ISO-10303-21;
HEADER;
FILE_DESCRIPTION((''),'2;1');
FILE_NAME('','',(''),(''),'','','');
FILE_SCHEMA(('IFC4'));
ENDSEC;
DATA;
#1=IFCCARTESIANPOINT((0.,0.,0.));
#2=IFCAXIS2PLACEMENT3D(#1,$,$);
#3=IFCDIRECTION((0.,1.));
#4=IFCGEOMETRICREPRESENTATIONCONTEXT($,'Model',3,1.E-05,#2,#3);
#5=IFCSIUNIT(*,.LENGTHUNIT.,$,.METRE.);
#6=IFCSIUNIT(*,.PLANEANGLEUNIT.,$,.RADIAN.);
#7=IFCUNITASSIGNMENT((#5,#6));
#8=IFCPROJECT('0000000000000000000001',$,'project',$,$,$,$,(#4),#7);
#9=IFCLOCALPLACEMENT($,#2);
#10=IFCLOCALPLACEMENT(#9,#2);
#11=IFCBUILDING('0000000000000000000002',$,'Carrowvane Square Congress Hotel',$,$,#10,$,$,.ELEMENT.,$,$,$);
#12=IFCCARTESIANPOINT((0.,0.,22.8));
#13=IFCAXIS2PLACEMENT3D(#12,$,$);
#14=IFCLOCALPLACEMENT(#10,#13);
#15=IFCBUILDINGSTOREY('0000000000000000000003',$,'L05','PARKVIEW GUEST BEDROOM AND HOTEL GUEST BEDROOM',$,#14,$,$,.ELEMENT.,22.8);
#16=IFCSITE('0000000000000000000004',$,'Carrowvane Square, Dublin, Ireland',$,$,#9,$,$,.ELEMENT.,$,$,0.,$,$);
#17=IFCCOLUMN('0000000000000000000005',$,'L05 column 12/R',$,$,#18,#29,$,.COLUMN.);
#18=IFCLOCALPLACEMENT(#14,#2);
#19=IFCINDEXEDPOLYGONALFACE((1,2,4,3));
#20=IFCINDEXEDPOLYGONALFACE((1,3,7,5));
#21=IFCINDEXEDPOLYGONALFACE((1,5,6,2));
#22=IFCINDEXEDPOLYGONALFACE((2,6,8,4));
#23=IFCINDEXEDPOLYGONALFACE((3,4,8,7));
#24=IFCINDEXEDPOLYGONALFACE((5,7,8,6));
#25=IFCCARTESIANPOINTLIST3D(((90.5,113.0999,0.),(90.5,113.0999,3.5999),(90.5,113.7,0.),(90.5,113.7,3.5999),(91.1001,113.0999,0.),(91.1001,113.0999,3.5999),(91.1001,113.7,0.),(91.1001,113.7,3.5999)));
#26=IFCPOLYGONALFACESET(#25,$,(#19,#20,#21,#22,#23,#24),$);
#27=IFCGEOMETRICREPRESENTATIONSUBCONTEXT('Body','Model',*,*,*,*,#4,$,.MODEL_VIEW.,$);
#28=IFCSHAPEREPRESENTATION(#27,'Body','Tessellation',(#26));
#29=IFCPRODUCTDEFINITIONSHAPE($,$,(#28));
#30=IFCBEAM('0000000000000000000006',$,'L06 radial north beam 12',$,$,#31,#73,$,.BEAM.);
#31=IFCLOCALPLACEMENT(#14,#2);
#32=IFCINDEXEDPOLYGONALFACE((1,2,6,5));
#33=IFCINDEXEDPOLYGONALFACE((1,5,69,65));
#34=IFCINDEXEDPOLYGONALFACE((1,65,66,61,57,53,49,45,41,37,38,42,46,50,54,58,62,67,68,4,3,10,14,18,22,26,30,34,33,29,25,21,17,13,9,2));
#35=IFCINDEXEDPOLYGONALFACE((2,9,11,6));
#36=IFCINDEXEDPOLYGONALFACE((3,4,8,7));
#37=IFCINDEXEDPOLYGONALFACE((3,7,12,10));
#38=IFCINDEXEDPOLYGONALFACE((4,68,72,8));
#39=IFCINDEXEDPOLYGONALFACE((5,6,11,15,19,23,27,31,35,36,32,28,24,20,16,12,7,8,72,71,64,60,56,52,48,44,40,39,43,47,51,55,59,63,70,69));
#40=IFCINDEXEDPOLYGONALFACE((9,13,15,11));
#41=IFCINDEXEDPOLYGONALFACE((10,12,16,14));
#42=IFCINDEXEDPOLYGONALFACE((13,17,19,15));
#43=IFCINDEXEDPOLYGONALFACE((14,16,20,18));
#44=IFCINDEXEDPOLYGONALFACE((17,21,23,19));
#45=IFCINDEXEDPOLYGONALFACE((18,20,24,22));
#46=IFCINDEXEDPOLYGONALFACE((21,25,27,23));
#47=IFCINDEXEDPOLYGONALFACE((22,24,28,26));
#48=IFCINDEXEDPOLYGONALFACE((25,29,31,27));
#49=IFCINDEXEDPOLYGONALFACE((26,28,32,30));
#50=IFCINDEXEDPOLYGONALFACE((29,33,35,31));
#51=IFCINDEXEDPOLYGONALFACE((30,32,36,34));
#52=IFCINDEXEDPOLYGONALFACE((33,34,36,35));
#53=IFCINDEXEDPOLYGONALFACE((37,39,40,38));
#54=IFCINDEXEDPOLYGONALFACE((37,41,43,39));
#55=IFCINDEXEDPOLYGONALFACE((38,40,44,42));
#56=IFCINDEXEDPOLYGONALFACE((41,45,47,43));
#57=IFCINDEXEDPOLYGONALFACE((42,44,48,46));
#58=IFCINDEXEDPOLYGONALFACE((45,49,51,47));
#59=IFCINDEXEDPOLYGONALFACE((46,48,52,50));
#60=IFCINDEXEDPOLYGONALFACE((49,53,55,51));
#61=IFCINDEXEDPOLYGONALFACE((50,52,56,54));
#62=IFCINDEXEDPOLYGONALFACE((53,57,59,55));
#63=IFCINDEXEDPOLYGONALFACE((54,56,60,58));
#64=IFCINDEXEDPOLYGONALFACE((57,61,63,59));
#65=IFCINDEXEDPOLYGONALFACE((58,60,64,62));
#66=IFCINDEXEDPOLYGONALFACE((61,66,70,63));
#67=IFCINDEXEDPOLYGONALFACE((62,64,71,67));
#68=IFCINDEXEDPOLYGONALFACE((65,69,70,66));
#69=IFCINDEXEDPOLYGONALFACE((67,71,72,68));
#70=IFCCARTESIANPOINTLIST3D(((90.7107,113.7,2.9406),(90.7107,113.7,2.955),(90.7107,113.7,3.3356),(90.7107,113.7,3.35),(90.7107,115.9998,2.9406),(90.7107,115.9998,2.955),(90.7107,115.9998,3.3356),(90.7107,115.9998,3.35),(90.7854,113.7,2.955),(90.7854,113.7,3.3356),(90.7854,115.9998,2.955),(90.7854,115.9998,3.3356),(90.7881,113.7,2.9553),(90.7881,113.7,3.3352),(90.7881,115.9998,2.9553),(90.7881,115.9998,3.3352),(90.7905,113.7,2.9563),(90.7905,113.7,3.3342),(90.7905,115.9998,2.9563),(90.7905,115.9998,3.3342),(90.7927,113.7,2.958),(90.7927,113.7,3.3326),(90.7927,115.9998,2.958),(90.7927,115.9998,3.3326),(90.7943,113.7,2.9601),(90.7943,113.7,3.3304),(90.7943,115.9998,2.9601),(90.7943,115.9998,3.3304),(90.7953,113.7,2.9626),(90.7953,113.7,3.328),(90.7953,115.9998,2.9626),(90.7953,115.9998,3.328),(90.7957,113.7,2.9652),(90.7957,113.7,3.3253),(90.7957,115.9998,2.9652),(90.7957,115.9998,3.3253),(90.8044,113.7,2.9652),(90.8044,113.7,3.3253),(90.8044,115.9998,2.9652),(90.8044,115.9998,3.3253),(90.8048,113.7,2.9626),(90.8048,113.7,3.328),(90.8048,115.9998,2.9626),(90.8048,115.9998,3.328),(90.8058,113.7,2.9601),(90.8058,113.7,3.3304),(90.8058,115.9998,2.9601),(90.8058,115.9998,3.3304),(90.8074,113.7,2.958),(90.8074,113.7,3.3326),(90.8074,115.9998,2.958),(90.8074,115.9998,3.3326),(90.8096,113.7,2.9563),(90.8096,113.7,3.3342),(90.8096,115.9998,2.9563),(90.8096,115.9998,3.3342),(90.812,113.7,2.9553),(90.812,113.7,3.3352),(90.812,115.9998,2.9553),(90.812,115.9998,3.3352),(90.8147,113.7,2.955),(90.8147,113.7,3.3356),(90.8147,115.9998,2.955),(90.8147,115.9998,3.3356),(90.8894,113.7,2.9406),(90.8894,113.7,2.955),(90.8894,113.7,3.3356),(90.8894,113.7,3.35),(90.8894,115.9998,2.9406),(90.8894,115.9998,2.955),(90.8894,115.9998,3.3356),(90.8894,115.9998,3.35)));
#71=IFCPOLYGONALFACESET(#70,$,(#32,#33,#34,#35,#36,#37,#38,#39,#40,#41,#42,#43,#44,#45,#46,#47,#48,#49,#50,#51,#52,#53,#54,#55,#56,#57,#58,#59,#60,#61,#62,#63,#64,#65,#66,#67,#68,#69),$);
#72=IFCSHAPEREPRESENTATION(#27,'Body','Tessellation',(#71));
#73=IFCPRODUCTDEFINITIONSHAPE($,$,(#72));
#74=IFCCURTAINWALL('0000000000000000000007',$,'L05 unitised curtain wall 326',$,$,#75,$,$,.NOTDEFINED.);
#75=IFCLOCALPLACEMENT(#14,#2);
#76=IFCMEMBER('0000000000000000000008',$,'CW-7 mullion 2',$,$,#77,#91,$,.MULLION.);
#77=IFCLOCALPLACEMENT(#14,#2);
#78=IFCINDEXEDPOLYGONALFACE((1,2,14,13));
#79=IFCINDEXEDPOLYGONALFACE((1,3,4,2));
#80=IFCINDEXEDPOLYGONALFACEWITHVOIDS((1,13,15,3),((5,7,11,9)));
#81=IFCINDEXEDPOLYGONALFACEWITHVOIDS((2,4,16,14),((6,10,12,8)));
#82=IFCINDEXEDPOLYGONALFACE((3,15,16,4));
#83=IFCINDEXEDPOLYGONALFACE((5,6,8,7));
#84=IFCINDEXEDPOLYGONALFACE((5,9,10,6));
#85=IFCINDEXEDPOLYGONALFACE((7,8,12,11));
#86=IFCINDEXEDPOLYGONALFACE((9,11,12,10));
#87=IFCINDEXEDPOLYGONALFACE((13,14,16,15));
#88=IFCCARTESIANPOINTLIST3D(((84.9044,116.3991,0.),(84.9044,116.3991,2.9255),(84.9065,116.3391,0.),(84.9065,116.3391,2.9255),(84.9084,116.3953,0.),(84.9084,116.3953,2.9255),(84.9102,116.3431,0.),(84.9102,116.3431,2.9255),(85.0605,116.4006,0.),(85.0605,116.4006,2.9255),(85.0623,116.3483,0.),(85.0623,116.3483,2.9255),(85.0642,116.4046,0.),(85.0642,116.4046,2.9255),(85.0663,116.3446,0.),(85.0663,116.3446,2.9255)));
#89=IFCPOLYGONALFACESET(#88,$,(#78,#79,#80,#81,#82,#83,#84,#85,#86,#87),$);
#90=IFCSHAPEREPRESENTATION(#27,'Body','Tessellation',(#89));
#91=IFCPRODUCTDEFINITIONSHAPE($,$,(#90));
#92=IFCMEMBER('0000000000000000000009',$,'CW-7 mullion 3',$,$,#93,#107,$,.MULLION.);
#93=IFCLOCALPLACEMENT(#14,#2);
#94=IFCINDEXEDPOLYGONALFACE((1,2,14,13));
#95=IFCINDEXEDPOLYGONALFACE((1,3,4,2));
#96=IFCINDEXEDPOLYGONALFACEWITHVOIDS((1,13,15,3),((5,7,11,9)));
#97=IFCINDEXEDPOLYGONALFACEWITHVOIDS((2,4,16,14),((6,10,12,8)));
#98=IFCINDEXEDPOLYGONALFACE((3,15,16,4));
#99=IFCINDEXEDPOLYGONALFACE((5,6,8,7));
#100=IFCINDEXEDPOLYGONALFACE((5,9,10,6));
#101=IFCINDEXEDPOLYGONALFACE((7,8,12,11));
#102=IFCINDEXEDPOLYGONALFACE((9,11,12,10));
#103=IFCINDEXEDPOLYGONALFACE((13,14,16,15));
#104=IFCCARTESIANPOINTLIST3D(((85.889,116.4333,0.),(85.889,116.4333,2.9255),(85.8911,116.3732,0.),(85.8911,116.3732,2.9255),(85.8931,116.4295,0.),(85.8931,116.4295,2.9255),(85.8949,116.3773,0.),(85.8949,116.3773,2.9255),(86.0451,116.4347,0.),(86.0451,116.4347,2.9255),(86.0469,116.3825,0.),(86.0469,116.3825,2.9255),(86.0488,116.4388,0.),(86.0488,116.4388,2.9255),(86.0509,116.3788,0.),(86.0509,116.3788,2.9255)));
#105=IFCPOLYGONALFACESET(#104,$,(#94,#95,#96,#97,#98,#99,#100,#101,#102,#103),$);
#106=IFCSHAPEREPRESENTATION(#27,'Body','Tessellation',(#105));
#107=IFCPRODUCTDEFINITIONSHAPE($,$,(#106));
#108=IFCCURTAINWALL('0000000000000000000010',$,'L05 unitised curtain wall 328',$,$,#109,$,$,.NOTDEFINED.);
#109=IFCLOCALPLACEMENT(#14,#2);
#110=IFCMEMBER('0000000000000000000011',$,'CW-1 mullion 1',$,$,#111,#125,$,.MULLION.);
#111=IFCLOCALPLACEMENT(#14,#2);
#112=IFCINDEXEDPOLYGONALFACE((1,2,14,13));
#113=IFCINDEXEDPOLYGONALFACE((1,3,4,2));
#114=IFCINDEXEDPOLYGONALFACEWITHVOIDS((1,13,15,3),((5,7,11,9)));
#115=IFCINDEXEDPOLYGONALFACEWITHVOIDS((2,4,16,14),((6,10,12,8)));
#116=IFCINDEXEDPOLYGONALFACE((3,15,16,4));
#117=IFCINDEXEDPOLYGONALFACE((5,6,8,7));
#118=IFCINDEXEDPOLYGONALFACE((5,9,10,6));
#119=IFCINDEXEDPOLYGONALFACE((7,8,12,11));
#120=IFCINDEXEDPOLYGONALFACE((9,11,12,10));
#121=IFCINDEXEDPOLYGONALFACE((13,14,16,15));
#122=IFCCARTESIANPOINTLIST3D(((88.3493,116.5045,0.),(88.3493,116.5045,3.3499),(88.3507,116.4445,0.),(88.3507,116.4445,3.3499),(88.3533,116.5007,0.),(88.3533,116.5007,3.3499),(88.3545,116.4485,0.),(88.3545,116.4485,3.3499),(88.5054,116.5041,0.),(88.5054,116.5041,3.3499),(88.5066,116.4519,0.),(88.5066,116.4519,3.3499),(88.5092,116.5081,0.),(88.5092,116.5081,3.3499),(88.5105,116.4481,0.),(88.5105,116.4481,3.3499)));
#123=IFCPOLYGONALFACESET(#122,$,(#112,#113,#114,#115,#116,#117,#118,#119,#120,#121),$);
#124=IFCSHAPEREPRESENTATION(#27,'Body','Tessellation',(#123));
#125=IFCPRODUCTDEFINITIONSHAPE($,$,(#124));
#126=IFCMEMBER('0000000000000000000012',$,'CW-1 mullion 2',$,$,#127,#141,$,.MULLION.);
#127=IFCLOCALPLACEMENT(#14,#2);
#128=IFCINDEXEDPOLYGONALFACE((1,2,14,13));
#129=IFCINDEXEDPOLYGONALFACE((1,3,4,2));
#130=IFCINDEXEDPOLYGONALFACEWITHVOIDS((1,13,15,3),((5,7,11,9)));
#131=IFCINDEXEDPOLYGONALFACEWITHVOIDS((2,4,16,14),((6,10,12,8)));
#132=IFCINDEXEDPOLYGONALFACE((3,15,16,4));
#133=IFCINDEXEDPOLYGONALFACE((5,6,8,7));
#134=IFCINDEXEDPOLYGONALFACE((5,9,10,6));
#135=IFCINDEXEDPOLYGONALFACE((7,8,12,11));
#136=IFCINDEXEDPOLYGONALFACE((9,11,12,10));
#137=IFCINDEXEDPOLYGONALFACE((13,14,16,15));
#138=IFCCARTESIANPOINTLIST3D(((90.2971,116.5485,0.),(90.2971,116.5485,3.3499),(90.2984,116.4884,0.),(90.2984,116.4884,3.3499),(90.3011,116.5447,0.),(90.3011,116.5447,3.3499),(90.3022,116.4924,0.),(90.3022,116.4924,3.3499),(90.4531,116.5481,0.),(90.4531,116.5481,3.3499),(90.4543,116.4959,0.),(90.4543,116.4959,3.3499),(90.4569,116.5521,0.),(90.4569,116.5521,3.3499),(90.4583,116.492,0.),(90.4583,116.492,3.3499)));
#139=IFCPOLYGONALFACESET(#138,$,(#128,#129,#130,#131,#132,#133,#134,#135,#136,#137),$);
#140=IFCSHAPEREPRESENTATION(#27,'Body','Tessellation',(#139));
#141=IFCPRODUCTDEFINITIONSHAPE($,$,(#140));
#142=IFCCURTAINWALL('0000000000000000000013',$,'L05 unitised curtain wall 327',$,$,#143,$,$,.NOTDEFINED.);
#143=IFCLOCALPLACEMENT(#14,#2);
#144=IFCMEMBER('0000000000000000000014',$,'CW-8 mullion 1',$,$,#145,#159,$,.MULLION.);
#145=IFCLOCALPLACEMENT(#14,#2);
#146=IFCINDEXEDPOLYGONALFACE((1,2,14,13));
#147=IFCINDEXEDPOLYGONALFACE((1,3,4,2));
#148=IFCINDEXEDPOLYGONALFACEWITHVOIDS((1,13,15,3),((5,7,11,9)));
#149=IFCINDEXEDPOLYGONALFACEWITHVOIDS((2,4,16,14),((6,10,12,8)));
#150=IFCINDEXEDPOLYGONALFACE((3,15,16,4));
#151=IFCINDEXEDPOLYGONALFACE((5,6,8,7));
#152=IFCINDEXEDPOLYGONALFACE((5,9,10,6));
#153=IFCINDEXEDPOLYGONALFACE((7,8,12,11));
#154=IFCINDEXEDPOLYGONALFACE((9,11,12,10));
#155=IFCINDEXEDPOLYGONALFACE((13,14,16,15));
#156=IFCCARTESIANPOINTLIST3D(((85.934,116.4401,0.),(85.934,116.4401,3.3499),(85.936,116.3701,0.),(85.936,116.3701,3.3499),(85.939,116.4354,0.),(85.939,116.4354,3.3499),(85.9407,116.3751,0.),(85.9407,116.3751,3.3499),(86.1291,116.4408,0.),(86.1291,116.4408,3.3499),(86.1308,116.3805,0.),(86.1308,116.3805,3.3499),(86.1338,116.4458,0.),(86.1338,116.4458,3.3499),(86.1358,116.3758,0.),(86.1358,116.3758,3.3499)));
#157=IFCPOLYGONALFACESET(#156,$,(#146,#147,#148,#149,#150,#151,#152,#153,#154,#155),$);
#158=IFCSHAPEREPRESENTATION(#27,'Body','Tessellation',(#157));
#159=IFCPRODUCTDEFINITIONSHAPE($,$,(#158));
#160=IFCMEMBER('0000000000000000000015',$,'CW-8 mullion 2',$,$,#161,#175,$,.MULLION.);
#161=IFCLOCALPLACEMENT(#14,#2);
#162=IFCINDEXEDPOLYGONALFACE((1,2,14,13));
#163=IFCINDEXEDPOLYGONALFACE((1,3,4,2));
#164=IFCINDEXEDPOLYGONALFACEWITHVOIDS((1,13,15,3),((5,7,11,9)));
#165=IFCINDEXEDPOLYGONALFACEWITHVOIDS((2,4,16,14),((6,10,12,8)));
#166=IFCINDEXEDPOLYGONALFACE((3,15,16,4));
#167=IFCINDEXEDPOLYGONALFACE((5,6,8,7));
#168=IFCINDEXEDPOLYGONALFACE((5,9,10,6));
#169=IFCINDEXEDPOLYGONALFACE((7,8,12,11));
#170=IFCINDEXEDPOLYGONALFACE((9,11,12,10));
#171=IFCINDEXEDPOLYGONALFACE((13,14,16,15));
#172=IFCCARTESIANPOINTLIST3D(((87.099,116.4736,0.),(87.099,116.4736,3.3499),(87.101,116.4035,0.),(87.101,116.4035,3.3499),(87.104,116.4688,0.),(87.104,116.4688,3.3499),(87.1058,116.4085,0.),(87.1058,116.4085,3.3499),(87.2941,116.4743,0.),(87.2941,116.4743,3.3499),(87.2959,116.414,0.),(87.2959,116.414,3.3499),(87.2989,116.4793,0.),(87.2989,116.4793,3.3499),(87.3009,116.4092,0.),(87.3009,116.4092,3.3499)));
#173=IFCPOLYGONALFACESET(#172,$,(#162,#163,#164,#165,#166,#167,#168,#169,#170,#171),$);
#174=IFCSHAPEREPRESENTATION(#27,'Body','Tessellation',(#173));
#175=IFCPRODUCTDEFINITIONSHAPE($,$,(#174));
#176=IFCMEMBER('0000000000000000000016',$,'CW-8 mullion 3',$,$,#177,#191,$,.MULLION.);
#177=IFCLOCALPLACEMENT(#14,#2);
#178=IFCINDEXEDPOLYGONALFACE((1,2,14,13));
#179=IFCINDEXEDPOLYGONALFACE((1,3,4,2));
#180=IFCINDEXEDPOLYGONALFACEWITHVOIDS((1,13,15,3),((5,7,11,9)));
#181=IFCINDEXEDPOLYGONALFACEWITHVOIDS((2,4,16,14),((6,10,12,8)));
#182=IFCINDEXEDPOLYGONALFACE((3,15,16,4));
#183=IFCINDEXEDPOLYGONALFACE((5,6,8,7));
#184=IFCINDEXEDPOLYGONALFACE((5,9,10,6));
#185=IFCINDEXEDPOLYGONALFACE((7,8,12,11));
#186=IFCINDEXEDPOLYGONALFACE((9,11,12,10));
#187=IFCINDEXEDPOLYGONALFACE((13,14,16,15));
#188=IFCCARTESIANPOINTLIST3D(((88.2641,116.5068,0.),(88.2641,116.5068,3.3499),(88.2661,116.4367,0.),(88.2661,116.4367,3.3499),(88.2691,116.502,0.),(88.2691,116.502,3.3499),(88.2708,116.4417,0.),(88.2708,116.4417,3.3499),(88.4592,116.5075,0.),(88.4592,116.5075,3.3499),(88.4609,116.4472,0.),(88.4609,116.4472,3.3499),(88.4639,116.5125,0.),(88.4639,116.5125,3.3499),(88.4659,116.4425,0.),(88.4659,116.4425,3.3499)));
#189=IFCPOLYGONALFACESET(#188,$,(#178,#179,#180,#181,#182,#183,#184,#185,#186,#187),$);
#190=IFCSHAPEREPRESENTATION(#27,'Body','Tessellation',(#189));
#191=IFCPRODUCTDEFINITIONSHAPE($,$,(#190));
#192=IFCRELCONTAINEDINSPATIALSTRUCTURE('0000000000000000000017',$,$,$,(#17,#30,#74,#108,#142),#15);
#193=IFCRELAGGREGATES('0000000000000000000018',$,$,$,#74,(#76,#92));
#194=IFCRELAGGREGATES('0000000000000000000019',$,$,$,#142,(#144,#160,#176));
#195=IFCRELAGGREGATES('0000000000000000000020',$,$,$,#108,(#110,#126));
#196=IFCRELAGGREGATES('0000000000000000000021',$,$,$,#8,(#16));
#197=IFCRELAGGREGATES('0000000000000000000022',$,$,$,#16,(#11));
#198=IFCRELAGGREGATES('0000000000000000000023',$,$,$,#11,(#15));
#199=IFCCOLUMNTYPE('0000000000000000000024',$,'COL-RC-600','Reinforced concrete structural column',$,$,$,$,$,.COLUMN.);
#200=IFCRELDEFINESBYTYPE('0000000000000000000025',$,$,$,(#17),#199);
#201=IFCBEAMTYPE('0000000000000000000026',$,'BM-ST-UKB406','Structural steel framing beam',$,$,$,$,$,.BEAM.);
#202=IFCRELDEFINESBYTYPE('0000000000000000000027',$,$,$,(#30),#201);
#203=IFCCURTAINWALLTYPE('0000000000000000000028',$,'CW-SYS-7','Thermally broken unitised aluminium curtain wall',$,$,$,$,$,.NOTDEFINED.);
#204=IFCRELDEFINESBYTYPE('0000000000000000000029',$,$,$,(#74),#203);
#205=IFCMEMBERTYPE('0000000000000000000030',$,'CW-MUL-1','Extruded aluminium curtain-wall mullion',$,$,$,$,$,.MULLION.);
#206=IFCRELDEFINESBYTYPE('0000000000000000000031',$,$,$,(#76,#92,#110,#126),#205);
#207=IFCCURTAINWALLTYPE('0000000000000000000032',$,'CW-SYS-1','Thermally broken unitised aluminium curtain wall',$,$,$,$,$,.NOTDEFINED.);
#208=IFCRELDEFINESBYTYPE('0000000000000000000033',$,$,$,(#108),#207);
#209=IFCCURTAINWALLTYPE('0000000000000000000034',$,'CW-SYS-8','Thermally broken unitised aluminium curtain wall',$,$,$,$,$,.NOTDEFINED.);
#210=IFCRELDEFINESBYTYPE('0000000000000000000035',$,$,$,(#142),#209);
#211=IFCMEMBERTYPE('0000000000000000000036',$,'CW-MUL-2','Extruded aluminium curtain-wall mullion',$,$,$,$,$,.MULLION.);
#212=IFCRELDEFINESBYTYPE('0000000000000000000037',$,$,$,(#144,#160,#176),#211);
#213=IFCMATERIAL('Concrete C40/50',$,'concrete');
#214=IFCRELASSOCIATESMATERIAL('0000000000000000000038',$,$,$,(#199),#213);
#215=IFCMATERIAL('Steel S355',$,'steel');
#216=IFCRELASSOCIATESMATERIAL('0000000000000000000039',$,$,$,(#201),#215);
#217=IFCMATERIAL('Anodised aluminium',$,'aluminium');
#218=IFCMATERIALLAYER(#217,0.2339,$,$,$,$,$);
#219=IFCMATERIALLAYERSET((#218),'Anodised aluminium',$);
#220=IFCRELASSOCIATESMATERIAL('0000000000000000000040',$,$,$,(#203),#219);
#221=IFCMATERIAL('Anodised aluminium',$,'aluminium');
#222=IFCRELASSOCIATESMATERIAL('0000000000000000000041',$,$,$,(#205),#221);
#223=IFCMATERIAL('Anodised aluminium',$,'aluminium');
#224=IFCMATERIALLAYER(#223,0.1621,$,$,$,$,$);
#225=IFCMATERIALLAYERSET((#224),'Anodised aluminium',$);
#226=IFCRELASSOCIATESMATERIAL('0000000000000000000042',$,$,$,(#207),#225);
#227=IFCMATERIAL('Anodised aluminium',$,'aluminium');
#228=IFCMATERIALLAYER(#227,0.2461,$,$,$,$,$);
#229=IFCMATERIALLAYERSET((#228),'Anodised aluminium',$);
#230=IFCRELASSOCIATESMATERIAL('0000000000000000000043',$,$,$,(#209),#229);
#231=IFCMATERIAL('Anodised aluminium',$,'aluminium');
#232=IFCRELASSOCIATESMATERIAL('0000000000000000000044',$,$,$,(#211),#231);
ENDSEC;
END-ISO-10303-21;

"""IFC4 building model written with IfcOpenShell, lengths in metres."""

from ifc_helpers import new_model, si_unit, direction, frame, origin, origin_2d, place, context, subcontext, project, spatial, rectangle, hollow_rectangle, i_section, extrude, material, layer, layer_set, material_profile, profile_set, type_object, element, aggregate, save


model = new_model("IFC4")

# Units and contexts
model_context = context("Model", 3, precision=1e-05, world=origin(), true_north=direction((0.0, 1.0)))
body_context = subcontext(model_context, "Body", "Model", "MODEL_VIEW")
ifc_project = project(units=[si_unit("LENGTHUNIT", "METRE"), si_unit("PLANEANGLEUNIT", "RADIAN")], contexts=[model_context])

# Site, building, storey
site_placement = place(None, origin())
site = spatial("IfcSite", under=ifc_project, at=site_placement, Name="Carrowvane Square, Dublin, Ireland", CompositionType="ELEMENT", RefElevation=0.0)
building_placement = place(site_placement, origin())
building = spatial("IfcBuilding", under=site, at=building_placement, Name="Carrowvane Square Congress Hotel", CompositionType="ELEMENT")
storey_placement = place(building_placement, frame((0.0, 0.0, 22.8)))
storey = spatial("IfcBuildingStorey", under=building, at=storey_placement, Name="L05", Description="PARKVIEW GUEST BEDROOM AND HOTEL GUEST BEDROOM", CompositionType="ELEMENT", Elevation=22.8)

# Column
ifc_material_1 = material(Name="Concrete C40/50", Category="concrete")
ifc_material_profile_1 = material_profile(ifc_material_1, rectangle(XDim=0.6001, YDim=0.6001, at=origin_2d()), Name="RC 600x600")
ifc_profile_set_1 = profile_set([ifc_material_profile_1], Name="Concrete C40/50")
column_type = type_object("IfcColumnType", Name="COL-RC-600", Description="Reinforced concrete structural column", PredefinedType="COLUMN", material=ifc_profile_set_1)
column_placement = place(storey_placement, frame((90.8, 113.3999, 0.0), z_axis=(0.0, 0.0, 1.0), x_axis=(1.0, 0.0, 0.0)))
element("IfcColumn", 1, at=column_placement, inside=storey, type_object=column_type, Name="L05 column 12/R", PredefinedType="COLUMN", context=body_context, shape_type="SweptSolid", body=[
    extrude(rectangle(XDim=0.6001, YDim=0.6001, at=origin_2d()), origin(), (0.0, 0.0, 1.0), 3.5999),
])

# Beam
ifc_material_2 = material(Name="Steel S355", Category="steel")
ifc_material_profile_2 = material_profile(ifc_material_2, i_section(OverallWidth=0.1787, OverallDepth=0.4094, WebThickness=0.0088, FlangeThickness=0.0144, FilletRadius=0.0103, at=origin_2d()), Name="UKB 406x178x67")
ifc_profile_set_2 = profile_set([ifc_material_profile_2], Name="Steel S355")
beam_type = type_object("IfcBeamType", Name="BM-ST-UKB406", Description="Structural steel framing beam", PredefinedType="BEAM", material=ifc_profile_set_2)
beam_placement = place(storey_placement, frame((90.8, 113.7, 3.1453), z_axis=(0.0, 1.0, 0.0), x_axis=(-1.0, 0.0, 0.0)))
element("IfcBeam", 2, at=beam_placement, inside=storey, type_object=beam_type, Name="L06 radial north beam 12", PredefinedType="BEAM", context=body_context, shape_type="SweptSolid", body=[
    extrude(i_section(OverallWidth=0.1787, OverallDepth=0.4094, WebThickness=0.0088, FlangeThickness=0.0144, FilletRadius=0.0103, at=origin_2d()), origin(), (0.0, 0.0, 1.0), 2.2998),
])

# Curtain walls, members
ifc_material_3 = material(Name="Anodised aluminium", Category="aluminium")
ifc_layer_1 = layer(ifc_material_3, 0.2339)
ifc_layer_set_1 = layer_set([ifc_layer_1], Name="Anodised aluminium")
curtain_wall_type_1 = type_object("IfcCurtainWallType", Name="CW-SYS-7", Description="Thermally broken unitised aluminium curtain wall", PredefinedType="NOTDEFINED", material=ifc_layer_set_1)
curtain_wall_1_placement = place(storey_placement, origin())
curtain_wall_1 = element("IfcCurtainWall", 3, at=curtain_wall_1_placement, inside=storey, type_object=curtain_wall_type_1, Name="L05 unitised curtain wall 326", PredefinedType="NOTDEFINED")
ifc_material_4 = material(Name="Anodised aluminium", Category="aluminium")
ifc_material_profile_3 = material_profile(ifc_material_4, hollow_rectangle(XDim=0.0601, YDim=0.1599, WallThickness=0.0039, at=origin_2d()), Name="CW-ML 60x160x4")
ifc_profile_set_3 = profile_set([ifc_material_profile_3], Name="Anodised aluminium")
member_type_1 = type_object("IfcMemberType", Name="CW-MUL-1", Description="Extruded aluminium curtain-wall mullion", PredefinedType="MULLION", material=ifc_profile_set_3)
member_1_placement = place(storey_placement, frame((84.9854, 116.3718, 0.0), z_axis=(0.0, 0.0, 1.0), x_axis=(-0.034527, 0.999404, 0.0)))
member_1 = element("IfcMember", 4, at=member_1_placement, type_object=member_type_1, Name="CW-7 mullion 2", PredefinedType="MULLION", context=body_context, shape_type="SweptSolid", body=[
    extrude(hollow_rectangle(XDim=0.0601, YDim=0.1599, WallThickness=0.0039, at=origin_2d()), origin(), (0.0, 0.0, 1.0), 2.9255),
])
member_2_placement = place(storey_placement, frame((85.97, 116.406, 0.0), z_axis=(0.0, 0.0, 1.0), x_axis=(-0.034527, 0.999404, 0.0)))
member_2 = element("IfcMember", 5, at=member_2_placement, type_object=member_type_1, Name="CW-7 mullion 3", PredefinedType="MULLION", context=body_context, shape_type="SweptSolid", body=[
    extrude(hollow_rectangle(XDim=0.0601, YDim=0.1599, WallThickness=0.0039, at=origin_2d()), origin(), (0.0, 0.0, 1.0), 2.9255),
])
ifc_material_5 = material(Name="Anodised aluminium", Category="aluminium")
ifc_layer_2 = layer(ifc_material_5, 0.1621)
ifc_layer_set_2 = layer_set([ifc_layer_2], Name="Anodised aluminium")
curtain_wall_type_2 = type_object("IfcCurtainWallType", Name="CW-SYS-1", Description="Thermally broken unitised aluminium curtain wall", PredefinedType="NOTDEFINED", material=ifc_layer_set_2)
curtain_wall_2_placement = place(storey_placement, origin())
curtain_wall_2 = element("IfcCurtainWall", 6, at=curtain_wall_2_placement, inside=storey, type_object=curtain_wall_type_2, Name="L05 unitised curtain wall 328", PredefinedType="NOTDEFINED")
member_3_placement = place(storey_placement, frame((88.4299, 116.4763, 0.0), z_axis=(0.0, 0.0, 1.0), x_axis=(-0.022518, 0.999746, 0.0)))
member_3 = element("IfcMember", 7, at=member_3_placement, type_object=member_type_1, Name="CW-1 mullion 1", PredefinedType="MULLION", context=body_context, shape_type="SweptSolid", body=[
    extrude(hollow_rectangle(XDim=0.0601, YDim=0.1599, WallThickness=0.0039, at=origin_2d()), origin(), (0.0, 0.0, 1.0), 3.3499),
])
member_4_placement = place(storey_placement, frame((90.3777, 116.5203, 0.0), z_axis=(0.0, 0.0, 1.0), x_axis=(-0.022518, 0.999746, 0.0)))
member_4 = element("IfcMember", 8, at=member_4_placement, type_object=member_type_1, Name="CW-1 mullion 2", PredefinedType="MULLION", context=body_context, shape_type="SweptSolid", body=[
    extrude(hollow_rectangle(XDim=0.0601, YDim=0.1599, WallThickness=0.0039, at=origin_2d()), origin(), (0.0, 0.0, 1.0), 3.3499),
])
ifc_material_6 = material(Name="Anodised aluminium", Category="aluminium")
ifc_layer_3 = layer(ifc_material_6, 0.2461)
ifc_layer_set_3 = layer_set([ifc_layer_3], Name="Anodised aluminium")
curtain_wall_type_3 = type_object("IfcCurtainWallType", Name="CW-SYS-8", Description="Thermally broken unitised aluminium curtain wall", PredefinedType="NOTDEFINED", material=ifc_layer_set_3)
curtain_wall_3_placement = place(storey_placement, origin())
curtain_wall_3 = element("IfcCurtainWall", 9, at=curtain_wall_3_placement, inside=storey, type_object=curtain_wall_type_3, Name="L05 unitised curtain wall 327", PredefinedType="NOTDEFINED")
ifc_material_7 = material(Name="Anodised aluminium", Category="aluminium")
ifc_material_profile_4 = material_profile(ifc_material_7, hollow_rectangle(XDim=0.0701, YDim=0.2, WallThickness=0.0049, at=origin_2d()), Name="CW-ML 70x200x5")
ifc_profile_set_4 = profile_set([ifc_material_profile_4], Name="Anodised aluminium")
member_type_2 = type_object("IfcMemberType", Name="CW-MUL-2", Description="Extruded aluminium curtain-wall mullion", PredefinedType="MULLION", material=ifc_profile_set_4)
member_5_placement = place(storey_placement, frame((86.0349, 116.408, 0.0), z_axis=(0.0, 0.0, 1.0), x_axis=(-0.028638, 0.99959, 0.0)))
member_5 = element("IfcMember", 10, at=member_5_placement, type_object=member_type_2, Name="CW-8 mullion 1", PredefinedType="MULLION", context=body_context, shape_type="SweptSolid", body=[
    extrude(hollow_rectangle(XDim=0.0701, YDim=0.2, WallThickness=0.0049, at=origin_2d()), origin(), (0.0, 0.0, 1.0), 3.3499),
])
member_6_placement = place(storey_placement, frame((87.2, 116.4414, 0.0), z_axis=(0.0, 0.0, 1.0), x_axis=(-0.028638, 0.99959, 0.0)))
member_6 = element("IfcMember", 11, at=member_6_placement, type_object=member_type_2, Name="CW-8 mullion 2", PredefinedType="MULLION", context=body_context, shape_type="SweptSolid", body=[
    extrude(hollow_rectangle(XDim=0.0701, YDim=0.2, WallThickness=0.0049, at=origin_2d()), origin(), (0.0, 0.0, 1.0), 3.3499),
])
member_7_placement = place(storey_placement, frame((88.365, 116.4746, 0.0), z_axis=(0.0, 0.0, 1.0), x_axis=(-0.028638, 0.99959, 0.0)))
member_7 = element("IfcMember", 12, at=member_7_placement, type_object=member_type_2, Name="CW-8 mullion 3", PredefinedType="MULLION", context=body_context, shape_type="SweptSolid", body=[
    extrude(hollow_rectangle(XDim=0.0701, YDim=0.2, WallThickness=0.0049, at=origin_2d()), origin(), (0.0, 0.0, 1.0), 3.3499),
])

aggregate(curtain_wall_1, [member_1, member_2])
aggregate(curtain_wall_3, [member_5, member_6, member_7])
aggregate(curtain_wall_2, [member_3, member_4])

save(model, "model.ifc")
